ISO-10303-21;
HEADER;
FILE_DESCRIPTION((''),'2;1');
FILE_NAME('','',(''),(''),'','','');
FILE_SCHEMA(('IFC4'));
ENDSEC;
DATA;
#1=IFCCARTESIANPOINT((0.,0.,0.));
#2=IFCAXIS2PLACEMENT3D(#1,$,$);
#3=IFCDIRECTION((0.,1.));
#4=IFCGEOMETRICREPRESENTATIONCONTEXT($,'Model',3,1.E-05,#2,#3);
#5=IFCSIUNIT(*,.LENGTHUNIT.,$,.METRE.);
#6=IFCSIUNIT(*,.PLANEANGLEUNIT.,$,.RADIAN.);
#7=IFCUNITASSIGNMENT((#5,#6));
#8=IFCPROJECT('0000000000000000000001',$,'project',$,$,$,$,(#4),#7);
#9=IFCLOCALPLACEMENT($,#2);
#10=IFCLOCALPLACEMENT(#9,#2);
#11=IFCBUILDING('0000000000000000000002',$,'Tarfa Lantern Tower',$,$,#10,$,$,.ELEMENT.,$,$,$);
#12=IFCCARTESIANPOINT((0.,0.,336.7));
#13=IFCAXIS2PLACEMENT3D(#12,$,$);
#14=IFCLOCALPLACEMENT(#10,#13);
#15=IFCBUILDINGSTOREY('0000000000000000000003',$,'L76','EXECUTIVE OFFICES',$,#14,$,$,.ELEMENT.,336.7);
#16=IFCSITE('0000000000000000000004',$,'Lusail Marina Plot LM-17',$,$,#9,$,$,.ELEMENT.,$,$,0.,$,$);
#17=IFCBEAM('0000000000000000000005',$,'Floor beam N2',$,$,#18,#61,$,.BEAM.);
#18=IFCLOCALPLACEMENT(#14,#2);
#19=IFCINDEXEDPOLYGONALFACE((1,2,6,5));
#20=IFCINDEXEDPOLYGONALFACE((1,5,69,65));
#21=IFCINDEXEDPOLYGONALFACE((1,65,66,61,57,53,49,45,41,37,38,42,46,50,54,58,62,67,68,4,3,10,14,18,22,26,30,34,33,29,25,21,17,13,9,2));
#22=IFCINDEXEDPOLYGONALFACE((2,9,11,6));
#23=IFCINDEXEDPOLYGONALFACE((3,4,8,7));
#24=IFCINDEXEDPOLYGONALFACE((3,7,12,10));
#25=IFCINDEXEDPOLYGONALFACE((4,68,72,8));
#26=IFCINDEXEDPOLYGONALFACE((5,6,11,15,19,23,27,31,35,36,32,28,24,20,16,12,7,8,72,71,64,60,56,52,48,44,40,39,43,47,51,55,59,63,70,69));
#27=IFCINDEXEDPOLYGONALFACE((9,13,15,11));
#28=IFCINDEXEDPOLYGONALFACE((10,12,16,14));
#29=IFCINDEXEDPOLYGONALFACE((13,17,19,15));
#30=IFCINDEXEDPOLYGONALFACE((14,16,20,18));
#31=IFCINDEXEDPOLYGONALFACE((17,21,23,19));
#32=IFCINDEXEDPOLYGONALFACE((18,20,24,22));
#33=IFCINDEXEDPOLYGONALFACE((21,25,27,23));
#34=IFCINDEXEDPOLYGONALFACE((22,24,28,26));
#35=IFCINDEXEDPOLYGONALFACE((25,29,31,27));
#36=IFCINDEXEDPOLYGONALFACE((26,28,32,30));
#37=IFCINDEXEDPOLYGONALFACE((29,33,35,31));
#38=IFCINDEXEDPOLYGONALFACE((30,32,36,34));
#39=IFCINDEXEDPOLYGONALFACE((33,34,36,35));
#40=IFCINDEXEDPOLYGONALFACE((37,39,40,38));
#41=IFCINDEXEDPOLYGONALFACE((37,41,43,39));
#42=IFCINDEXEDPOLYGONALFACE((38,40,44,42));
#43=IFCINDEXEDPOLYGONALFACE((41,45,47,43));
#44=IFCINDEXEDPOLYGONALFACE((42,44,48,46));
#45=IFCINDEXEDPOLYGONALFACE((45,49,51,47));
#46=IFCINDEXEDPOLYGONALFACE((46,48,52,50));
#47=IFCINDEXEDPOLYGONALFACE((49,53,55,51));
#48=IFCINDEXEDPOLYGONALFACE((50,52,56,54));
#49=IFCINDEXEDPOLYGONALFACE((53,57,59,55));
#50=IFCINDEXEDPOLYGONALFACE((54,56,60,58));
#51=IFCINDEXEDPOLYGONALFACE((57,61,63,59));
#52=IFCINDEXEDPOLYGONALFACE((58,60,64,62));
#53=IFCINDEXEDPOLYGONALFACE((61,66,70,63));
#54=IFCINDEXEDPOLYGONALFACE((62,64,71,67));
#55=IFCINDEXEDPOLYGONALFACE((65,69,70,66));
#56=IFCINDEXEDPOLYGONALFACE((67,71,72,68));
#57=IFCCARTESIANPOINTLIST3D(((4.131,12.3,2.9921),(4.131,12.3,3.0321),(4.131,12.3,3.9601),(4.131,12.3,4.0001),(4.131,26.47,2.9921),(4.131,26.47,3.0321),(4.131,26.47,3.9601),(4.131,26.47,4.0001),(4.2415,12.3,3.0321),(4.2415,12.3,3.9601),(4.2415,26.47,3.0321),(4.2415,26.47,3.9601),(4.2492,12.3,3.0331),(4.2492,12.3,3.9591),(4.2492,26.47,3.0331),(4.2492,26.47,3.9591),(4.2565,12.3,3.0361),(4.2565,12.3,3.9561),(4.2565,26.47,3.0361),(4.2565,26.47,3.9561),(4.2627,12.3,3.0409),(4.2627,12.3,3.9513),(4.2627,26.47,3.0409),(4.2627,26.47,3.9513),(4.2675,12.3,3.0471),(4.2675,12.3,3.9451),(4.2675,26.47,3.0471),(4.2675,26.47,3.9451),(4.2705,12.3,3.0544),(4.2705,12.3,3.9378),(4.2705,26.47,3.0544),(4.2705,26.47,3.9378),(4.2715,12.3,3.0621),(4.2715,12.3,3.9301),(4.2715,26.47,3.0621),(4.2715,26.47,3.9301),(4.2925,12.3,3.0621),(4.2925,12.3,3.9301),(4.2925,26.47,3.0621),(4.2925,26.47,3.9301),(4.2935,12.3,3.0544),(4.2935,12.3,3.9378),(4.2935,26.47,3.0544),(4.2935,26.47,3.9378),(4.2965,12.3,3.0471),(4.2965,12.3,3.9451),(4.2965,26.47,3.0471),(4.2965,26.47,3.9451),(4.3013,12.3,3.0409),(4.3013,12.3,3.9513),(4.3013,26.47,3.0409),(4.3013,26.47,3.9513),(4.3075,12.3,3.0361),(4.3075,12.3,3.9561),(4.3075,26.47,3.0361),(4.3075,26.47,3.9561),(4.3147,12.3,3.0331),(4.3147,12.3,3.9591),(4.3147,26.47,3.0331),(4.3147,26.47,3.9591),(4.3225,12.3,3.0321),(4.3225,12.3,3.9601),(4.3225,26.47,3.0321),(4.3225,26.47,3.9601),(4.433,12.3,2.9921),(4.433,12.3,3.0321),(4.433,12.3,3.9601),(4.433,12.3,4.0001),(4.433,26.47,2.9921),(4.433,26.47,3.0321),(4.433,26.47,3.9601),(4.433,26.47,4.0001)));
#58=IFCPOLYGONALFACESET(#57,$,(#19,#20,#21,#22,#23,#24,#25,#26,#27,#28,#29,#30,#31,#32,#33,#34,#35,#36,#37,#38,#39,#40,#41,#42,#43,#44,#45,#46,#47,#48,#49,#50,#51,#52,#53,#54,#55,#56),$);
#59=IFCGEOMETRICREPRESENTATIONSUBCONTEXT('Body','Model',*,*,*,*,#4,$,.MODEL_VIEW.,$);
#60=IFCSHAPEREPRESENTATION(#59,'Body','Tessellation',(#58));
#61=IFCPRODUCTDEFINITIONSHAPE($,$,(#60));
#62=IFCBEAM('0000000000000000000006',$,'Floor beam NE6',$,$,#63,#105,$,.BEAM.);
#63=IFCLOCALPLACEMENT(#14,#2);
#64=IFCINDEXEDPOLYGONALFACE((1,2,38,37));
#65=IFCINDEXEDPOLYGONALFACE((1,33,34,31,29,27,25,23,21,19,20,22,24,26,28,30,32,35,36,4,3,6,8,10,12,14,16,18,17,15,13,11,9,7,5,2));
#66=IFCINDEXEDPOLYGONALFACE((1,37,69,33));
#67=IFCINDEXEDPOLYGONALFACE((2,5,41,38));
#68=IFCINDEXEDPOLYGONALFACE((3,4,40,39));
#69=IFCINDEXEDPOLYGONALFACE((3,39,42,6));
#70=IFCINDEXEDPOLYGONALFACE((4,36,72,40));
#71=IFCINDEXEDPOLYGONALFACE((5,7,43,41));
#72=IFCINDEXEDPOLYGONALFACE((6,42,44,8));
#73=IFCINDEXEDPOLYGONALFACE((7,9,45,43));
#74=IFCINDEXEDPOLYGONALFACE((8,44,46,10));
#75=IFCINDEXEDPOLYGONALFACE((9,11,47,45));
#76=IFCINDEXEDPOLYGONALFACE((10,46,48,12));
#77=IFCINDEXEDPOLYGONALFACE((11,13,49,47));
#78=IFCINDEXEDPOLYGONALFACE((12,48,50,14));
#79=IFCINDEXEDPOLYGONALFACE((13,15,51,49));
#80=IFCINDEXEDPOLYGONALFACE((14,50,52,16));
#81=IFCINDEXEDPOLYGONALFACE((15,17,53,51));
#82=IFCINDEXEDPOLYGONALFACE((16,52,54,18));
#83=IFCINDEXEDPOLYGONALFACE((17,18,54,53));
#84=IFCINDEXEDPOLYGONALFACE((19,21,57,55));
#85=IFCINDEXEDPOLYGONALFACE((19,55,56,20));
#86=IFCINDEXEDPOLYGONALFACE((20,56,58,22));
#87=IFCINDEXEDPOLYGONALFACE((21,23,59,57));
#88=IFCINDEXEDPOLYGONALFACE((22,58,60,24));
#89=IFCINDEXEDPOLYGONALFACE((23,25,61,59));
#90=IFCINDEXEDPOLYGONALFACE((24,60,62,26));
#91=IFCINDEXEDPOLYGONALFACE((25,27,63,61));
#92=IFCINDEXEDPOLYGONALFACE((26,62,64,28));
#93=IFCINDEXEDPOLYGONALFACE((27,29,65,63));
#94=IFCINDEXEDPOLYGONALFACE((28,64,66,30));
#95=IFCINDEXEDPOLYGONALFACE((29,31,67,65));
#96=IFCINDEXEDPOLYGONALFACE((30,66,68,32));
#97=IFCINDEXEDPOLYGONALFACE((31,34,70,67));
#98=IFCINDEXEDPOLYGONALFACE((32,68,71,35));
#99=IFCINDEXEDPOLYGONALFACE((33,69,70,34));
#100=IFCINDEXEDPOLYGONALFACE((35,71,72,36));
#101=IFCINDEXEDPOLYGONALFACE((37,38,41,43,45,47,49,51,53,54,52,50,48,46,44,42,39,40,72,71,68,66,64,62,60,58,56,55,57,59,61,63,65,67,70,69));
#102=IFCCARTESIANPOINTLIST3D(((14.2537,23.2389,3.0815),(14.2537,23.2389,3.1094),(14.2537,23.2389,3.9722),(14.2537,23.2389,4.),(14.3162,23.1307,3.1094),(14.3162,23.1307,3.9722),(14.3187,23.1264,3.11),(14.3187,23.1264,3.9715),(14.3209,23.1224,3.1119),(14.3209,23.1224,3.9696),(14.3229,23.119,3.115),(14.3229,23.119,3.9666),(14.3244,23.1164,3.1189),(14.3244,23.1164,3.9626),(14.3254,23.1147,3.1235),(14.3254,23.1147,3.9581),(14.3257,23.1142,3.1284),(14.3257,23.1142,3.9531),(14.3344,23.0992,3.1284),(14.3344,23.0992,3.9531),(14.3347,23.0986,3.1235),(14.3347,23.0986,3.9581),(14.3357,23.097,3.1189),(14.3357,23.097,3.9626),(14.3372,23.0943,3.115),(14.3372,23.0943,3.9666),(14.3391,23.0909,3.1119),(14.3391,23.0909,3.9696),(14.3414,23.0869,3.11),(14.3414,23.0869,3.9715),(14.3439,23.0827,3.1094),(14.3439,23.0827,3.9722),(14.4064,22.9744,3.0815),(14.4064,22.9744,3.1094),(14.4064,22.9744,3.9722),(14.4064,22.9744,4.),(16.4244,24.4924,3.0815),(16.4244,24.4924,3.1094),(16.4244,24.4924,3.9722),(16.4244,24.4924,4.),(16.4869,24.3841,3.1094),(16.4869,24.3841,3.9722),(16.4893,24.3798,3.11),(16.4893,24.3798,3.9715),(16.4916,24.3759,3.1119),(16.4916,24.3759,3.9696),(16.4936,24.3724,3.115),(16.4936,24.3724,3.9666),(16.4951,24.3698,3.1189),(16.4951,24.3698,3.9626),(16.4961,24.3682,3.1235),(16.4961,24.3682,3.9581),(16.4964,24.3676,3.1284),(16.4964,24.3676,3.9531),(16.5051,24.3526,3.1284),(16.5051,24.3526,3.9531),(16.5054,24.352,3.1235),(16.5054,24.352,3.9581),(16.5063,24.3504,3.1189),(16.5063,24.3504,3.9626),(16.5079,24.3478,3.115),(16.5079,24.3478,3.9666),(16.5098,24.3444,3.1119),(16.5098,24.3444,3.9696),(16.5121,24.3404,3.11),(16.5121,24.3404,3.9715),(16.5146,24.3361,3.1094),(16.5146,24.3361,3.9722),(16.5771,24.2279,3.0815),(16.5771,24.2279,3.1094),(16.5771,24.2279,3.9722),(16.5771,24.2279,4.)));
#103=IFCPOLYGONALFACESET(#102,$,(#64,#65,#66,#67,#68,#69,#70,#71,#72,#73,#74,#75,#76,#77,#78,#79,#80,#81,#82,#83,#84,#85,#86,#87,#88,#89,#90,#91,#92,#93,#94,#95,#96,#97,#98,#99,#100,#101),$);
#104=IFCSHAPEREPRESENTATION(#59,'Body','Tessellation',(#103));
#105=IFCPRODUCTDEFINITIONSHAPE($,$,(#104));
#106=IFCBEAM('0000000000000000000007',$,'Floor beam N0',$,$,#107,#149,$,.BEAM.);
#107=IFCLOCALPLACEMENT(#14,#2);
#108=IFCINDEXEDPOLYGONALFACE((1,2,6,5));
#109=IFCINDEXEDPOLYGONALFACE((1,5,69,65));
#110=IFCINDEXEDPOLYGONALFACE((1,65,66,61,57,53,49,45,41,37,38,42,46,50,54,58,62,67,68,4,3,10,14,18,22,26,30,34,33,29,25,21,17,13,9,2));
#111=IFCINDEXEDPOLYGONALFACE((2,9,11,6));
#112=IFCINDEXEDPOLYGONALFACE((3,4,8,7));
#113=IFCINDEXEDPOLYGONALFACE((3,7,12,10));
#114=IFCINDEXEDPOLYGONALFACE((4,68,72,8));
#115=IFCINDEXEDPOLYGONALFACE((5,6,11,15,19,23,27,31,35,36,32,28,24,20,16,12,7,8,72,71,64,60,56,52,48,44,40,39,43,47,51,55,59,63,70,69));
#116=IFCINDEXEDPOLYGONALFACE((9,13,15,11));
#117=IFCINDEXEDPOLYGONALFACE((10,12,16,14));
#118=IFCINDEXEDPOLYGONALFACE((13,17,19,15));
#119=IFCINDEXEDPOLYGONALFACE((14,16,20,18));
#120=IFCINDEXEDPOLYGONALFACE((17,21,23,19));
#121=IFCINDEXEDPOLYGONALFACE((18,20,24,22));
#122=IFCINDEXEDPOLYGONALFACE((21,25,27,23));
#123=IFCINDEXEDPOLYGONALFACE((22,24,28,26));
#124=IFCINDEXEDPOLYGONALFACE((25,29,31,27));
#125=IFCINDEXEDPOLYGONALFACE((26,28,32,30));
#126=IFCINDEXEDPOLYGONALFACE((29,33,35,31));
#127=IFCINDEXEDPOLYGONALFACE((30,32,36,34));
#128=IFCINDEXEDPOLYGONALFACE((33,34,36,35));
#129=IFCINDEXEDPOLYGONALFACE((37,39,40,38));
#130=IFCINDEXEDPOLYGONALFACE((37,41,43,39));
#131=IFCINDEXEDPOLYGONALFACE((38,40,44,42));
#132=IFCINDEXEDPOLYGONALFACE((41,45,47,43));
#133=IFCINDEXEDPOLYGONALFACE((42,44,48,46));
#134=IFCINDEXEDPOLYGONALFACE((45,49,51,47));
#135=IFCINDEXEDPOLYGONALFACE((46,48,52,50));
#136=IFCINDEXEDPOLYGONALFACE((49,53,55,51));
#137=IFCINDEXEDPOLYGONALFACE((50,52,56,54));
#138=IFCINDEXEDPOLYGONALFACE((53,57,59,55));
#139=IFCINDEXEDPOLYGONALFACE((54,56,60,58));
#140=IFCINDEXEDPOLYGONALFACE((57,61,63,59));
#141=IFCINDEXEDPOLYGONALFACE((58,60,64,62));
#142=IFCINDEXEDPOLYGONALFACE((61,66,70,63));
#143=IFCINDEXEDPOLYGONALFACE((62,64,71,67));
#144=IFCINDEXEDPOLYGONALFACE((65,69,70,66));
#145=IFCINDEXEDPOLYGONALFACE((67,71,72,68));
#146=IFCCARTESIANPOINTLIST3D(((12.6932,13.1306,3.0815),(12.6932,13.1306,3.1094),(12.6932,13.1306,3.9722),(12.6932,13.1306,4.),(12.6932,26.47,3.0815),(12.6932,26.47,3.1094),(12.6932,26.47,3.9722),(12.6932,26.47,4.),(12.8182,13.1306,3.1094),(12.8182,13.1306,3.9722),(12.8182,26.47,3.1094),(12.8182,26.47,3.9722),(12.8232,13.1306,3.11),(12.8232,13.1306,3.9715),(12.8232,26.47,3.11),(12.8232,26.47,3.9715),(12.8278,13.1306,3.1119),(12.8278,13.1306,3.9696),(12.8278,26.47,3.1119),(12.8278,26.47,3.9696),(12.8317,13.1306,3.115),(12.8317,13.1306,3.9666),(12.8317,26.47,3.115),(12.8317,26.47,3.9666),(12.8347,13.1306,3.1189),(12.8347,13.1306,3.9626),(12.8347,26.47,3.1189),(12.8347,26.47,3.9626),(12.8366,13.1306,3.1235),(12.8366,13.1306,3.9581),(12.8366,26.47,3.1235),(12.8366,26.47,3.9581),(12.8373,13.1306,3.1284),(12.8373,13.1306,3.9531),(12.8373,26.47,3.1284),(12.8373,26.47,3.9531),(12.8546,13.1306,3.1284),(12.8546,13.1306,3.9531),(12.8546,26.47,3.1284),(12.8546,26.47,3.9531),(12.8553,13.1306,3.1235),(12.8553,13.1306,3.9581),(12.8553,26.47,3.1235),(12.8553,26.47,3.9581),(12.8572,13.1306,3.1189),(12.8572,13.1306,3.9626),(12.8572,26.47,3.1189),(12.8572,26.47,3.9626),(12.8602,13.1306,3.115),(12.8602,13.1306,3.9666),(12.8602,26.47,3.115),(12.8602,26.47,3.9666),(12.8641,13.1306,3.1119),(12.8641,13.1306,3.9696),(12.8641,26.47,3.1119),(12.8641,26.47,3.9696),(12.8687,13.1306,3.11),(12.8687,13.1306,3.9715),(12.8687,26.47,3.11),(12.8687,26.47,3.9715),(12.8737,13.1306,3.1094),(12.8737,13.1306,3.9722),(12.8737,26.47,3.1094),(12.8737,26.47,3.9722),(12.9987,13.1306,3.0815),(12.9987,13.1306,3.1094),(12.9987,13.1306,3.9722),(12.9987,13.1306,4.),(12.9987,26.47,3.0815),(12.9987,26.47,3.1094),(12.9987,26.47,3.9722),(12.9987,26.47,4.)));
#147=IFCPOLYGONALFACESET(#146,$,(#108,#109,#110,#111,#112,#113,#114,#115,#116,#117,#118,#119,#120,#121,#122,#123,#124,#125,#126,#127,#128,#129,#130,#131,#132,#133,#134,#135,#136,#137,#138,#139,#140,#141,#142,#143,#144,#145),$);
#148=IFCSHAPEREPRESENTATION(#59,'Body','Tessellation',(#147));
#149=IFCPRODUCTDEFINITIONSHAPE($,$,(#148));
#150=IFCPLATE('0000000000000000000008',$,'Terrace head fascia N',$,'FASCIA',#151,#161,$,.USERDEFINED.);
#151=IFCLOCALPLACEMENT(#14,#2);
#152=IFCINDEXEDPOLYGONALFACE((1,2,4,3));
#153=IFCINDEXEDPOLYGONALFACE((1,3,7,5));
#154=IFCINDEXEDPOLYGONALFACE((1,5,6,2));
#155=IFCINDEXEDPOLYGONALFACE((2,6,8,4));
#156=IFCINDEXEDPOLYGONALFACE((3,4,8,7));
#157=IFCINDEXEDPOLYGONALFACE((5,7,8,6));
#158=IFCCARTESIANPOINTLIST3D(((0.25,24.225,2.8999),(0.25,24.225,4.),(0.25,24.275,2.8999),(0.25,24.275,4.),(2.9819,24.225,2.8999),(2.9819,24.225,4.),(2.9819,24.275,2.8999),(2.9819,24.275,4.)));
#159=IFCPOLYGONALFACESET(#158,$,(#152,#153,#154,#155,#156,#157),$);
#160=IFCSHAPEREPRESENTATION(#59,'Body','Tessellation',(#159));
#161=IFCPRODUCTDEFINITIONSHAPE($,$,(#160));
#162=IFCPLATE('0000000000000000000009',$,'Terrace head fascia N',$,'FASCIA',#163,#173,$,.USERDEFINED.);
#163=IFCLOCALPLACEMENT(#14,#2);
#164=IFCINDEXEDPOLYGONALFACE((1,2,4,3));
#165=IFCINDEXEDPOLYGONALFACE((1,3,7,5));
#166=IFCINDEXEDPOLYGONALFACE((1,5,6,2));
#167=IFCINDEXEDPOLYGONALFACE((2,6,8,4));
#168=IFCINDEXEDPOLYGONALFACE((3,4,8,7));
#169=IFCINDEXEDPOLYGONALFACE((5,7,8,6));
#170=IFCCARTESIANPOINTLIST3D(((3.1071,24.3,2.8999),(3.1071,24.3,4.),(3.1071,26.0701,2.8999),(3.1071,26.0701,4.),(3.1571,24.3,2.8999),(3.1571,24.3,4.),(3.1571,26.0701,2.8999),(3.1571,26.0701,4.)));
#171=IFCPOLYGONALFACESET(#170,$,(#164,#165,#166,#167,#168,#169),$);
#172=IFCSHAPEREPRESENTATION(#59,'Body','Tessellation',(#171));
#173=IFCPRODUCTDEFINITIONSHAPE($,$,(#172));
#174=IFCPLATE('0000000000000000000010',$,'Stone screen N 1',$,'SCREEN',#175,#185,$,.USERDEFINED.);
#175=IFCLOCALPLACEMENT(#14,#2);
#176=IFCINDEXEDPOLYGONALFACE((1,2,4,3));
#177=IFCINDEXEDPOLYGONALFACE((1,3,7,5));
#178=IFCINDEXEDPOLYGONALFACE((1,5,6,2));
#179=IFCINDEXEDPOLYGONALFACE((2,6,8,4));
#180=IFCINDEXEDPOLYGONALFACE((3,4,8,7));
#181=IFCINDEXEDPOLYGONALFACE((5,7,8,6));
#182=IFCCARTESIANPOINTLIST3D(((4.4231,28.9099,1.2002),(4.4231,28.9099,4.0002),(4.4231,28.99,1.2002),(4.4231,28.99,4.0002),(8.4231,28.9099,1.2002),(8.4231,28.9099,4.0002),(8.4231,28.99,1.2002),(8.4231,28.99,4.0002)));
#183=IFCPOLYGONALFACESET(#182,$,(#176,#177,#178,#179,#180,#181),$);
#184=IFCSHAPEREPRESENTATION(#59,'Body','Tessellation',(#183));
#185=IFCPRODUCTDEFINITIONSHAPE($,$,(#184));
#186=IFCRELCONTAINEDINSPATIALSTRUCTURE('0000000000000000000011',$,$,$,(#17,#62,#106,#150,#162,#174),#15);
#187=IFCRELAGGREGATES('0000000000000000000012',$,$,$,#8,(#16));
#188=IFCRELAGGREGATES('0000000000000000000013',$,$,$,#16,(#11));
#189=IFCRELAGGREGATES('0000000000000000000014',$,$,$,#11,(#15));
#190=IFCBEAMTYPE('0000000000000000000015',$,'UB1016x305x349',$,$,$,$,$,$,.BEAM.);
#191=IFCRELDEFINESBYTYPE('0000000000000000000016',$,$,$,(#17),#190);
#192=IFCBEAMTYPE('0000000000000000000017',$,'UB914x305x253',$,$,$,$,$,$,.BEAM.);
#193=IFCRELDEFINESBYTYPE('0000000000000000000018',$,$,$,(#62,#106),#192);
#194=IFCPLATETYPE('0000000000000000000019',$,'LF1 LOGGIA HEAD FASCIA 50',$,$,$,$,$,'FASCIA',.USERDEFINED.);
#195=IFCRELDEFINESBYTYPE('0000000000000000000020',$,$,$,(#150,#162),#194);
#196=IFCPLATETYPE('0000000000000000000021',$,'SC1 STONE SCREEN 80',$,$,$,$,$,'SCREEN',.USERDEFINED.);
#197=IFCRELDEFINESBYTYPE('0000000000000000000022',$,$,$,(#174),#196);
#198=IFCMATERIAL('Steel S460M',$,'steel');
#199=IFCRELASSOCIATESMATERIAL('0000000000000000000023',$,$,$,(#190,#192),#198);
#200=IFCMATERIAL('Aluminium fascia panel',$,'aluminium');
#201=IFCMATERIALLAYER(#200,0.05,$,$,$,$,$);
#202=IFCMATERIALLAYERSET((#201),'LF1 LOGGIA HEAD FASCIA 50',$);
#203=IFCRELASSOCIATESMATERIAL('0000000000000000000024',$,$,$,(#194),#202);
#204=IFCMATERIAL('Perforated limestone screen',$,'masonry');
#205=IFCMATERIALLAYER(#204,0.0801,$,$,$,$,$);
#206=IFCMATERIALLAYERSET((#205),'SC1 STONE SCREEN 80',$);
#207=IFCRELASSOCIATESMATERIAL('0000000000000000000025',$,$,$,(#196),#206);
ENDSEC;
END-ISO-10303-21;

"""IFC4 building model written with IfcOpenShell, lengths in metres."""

from ifc_helpers import new_model, si_unit, direction, frame, origin, origin_2d, place, context, subcontext, project, spatial, rectangle, i_section, extrude, material, layer, layer_set, material_profile, profile_set, type_object, element, save


model = new_model("IFC4")

# Units and contexts
model_context = context("Model", 3, precision=1e-05, world=origin(), true_north=direction((0.0, 1.0)))
body_context = subcontext(model_context, "Body", "Model", "MODEL_VIEW")
ifc_project = project(units=[si_unit("LENGTHUNIT", "METRE"), si_unit("PLANEANGLEUNIT", "RADIAN")], contexts=[model_context])

# Site, building, storey
site_placement = place(None, origin())
site = spatial("IfcSite", under=ifc_project, at=site_placement, Name="Lusail Marina Plot LM-17", CompositionType="ELEMENT", RefElevation=0.0)
building_placement = place(site_placement, origin())
building = spatial("IfcBuilding", under=site, at=building_placement, Name="Tarfa Lantern Tower", CompositionType="ELEMENT")
storey_placement = place(building_placement, frame((0.0, 0.0, 336.7)))
storey = spatial("IfcBuildingStorey", under=building, at=storey_placement, Name="L76", Description="EXECUTIVE OFFICES", CompositionType="ELEMENT", Elevation=336.7)

# Beams
ifc_material_1 = material(Name="Steel S460M", Category="steel")
ifc_material_profile_1 = material_profile(ifc_material_1, i_section(OverallWidth=0.302, OverallDepth=1.0081, WebThickness=0.021, FlangeThickness=0.04, FilletRadius=0.03, at=origin_2d()), Name="UB1016x305x349")
ifc_profile_set_1 = profile_set([ifc_material_profile_1], Name="Steel S460M")
beam_type_1 = type_object("IfcBeamType", Name="UB1016x305x349", PredefinedType="BEAM", material=ifc_profile_set_1)
for number, where, z_axis, x_axis, name in (
    (1, (4.282, 26.47, 3.4961), (0.0, -1.0, 0.0), (1.0, 0.0, 0.0), "Floor beam N2"),
):
    element("IfcBeam", number, at=place(storey_placement, frame(where, z_axis=z_axis, x_axis=x_axis)), inside=storey, type_object=beam_type_1, Name=name, PredefinedType="BEAM", context=body_context, shape_type="SweptSolid", body=[
        extrude(i_section(OverallWidth=0.302, OverallDepth=1.0081, WebThickness=0.021, FlangeThickness=0.04, FilletRadius=0.03, at=origin_2d()), origin(), (0.0, 0.0, 1.0), 14.1699),
    ])
ifc_material_profile_2 = material_profile(ifc_material_1, i_section(OverallWidth=0.3054, OverallDepth=0.9185, WebThickness=0.0173, FlangeThickness=0.0278, FilletRadius=0.019, at=origin_2d()), Name="UB914x305x253")
ifc_profile_set_2 = profile_set([ifc_material_profile_2], Name="Steel S460M")
beam_type_2 = type_object("IfcBeamType", Name="UB914x305x253", PredefinedType="BEAM", material=ifc_profile_set_2)
beam_1_placement = place(storey_placement, frame((16.5007, 24.3601, 3.5408), z_axis=(-0.865993, -0.500057, 0.0), x_axis=(0.500057, -0.865993, 0.0)))
element("IfcBeam", 2, at=beam_1_placement, inside=storey, type_object=beam_type_2, Name="Floor beam NE6", PredefinedType="BEAM", context=body_context, shape_type="SweptSolid", body=[
    extrude(i_section(OverallWidth=0.3054, OverallDepth=0.9185, WebThickness=0.0173, FlangeThickness=0.0278, FilletRadius=0.019, at=origin_2d()), origin(), (0.0, 0.0, 1.0), 2.5066),
])
beam_2_placement = place(storey_placement, frame((12.8459, 26.47, 3.5408), z_axis=(0.0, -1.0, 0.0), x_axis=(1.0, 0.0, 0.0)))
element("IfcBeam", 3, at=beam_2_placement, inside=storey, type_object=beam_type_2, Name="Floor beam N0", PredefinedType="BEAM", context=body_context, shape_type="SweptSolid", body=[
    extrude(i_section(OverallWidth=0.3054, OverallDepth=0.9185, WebThickness=0.0173, FlangeThickness=0.0278, FilletRadius=0.019, at=origin_2d()), origin(), (0.0, 0.0, 1.0), 13.3394),
])

# Plates
ifc_material_2 = material(Name="Aluminium fascia panel", Category="aluminium")
ifc_layer_1 = layer(ifc_material_2, 0.05)
ifc_layer_set_1 = layer_set([ifc_layer_1], Name="LF1 LOGGIA HEAD FASCIA 50")
plate_type_1 = type_object("IfcPlateType", Name="LF1 LOGGIA HEAD FASCIA 50", ElementType="FASCIA", PredefinedType="USERDEFINED", material=ifc_layer_set_1)
plate_1_placement = place(storey_placement, frame((1.616, 24.25, 2.8999), z_axis=(0.0, 0.0, 1.0), x_axis=(-1.0, 0.0, 0.0)))
element("IfcPlate", 4, at=plate_1_placement, inside=storey, type_object=plate_type_1, Name="Terrace head fascia N", ObjectType="FASCIA", PredefinedType="USERDEFINED", context=body_context, shape_type="SweptSolid", body=[
    extrude(rectangle(XDim=2.7319, YDim=0.05, at=origin_2d()), origin(), (0.0, 0.0, 1.0), 1.1001),
])
plate_2_placement = place(storey_placement, frame((3.1321, 25.1851, 2.8999), z_axis=(0.0, 0.0, 1.0), x_axis=(0.0, -1.0, 0.0)))
element("IfcPlate", 5, at=plate_2_placement, inside=storey, type_object=plate_type_1, Name="Terrace head fascia N", ObjectType="FASCIA", PredefinedType="USERDEFINED", context=body_context, shape_type="SweptSolid", body=[
    extrude(rectangle(XDim=1.77, YDim=0.05, at=origin_2d()), origin(), (0.0, 0.0, 1.0), 1.1001),
])
ifc_material_3 = material(Name="Perforated limestone screen", Category="masonry")
ifc_layer_2 = layer(ifc_material_3, 0.0801)
ifc_layer_set_2 = layer_set([ifc_layer_2], Name="SC1 STONE SCREEN 80")
plate_type_2 = type_object("IfcPlateType", Name="SC1 STONE SCREEN 80", ElementType="SCREEN", PredefinedType="USERDEFINED", material=ifc_layer_set_2)
plate_3_placement = place(storey_placement, frame((6.4231, 28.95, 1.2002), z_axis=(0.0, 0.0, 1.0), x_axis=(-1.0, 0.0, 0.0)))
element("IfcPlate", 6, at=plate_3_placement, inside=storey, type_object=plate_type_2, Name="Stone screen N 1", ObjectType="SCREEN", PredefinedType="USERDEFINED", context=body_context, shape_type="SweptSolid", body=[
    extrude(rectangle(XDim=4.0, YDim=0.0801, at=origin_2d()), origin(), (0.0, 0.0, 1.0), 2.8),
])

save(model, "model.ifc")
